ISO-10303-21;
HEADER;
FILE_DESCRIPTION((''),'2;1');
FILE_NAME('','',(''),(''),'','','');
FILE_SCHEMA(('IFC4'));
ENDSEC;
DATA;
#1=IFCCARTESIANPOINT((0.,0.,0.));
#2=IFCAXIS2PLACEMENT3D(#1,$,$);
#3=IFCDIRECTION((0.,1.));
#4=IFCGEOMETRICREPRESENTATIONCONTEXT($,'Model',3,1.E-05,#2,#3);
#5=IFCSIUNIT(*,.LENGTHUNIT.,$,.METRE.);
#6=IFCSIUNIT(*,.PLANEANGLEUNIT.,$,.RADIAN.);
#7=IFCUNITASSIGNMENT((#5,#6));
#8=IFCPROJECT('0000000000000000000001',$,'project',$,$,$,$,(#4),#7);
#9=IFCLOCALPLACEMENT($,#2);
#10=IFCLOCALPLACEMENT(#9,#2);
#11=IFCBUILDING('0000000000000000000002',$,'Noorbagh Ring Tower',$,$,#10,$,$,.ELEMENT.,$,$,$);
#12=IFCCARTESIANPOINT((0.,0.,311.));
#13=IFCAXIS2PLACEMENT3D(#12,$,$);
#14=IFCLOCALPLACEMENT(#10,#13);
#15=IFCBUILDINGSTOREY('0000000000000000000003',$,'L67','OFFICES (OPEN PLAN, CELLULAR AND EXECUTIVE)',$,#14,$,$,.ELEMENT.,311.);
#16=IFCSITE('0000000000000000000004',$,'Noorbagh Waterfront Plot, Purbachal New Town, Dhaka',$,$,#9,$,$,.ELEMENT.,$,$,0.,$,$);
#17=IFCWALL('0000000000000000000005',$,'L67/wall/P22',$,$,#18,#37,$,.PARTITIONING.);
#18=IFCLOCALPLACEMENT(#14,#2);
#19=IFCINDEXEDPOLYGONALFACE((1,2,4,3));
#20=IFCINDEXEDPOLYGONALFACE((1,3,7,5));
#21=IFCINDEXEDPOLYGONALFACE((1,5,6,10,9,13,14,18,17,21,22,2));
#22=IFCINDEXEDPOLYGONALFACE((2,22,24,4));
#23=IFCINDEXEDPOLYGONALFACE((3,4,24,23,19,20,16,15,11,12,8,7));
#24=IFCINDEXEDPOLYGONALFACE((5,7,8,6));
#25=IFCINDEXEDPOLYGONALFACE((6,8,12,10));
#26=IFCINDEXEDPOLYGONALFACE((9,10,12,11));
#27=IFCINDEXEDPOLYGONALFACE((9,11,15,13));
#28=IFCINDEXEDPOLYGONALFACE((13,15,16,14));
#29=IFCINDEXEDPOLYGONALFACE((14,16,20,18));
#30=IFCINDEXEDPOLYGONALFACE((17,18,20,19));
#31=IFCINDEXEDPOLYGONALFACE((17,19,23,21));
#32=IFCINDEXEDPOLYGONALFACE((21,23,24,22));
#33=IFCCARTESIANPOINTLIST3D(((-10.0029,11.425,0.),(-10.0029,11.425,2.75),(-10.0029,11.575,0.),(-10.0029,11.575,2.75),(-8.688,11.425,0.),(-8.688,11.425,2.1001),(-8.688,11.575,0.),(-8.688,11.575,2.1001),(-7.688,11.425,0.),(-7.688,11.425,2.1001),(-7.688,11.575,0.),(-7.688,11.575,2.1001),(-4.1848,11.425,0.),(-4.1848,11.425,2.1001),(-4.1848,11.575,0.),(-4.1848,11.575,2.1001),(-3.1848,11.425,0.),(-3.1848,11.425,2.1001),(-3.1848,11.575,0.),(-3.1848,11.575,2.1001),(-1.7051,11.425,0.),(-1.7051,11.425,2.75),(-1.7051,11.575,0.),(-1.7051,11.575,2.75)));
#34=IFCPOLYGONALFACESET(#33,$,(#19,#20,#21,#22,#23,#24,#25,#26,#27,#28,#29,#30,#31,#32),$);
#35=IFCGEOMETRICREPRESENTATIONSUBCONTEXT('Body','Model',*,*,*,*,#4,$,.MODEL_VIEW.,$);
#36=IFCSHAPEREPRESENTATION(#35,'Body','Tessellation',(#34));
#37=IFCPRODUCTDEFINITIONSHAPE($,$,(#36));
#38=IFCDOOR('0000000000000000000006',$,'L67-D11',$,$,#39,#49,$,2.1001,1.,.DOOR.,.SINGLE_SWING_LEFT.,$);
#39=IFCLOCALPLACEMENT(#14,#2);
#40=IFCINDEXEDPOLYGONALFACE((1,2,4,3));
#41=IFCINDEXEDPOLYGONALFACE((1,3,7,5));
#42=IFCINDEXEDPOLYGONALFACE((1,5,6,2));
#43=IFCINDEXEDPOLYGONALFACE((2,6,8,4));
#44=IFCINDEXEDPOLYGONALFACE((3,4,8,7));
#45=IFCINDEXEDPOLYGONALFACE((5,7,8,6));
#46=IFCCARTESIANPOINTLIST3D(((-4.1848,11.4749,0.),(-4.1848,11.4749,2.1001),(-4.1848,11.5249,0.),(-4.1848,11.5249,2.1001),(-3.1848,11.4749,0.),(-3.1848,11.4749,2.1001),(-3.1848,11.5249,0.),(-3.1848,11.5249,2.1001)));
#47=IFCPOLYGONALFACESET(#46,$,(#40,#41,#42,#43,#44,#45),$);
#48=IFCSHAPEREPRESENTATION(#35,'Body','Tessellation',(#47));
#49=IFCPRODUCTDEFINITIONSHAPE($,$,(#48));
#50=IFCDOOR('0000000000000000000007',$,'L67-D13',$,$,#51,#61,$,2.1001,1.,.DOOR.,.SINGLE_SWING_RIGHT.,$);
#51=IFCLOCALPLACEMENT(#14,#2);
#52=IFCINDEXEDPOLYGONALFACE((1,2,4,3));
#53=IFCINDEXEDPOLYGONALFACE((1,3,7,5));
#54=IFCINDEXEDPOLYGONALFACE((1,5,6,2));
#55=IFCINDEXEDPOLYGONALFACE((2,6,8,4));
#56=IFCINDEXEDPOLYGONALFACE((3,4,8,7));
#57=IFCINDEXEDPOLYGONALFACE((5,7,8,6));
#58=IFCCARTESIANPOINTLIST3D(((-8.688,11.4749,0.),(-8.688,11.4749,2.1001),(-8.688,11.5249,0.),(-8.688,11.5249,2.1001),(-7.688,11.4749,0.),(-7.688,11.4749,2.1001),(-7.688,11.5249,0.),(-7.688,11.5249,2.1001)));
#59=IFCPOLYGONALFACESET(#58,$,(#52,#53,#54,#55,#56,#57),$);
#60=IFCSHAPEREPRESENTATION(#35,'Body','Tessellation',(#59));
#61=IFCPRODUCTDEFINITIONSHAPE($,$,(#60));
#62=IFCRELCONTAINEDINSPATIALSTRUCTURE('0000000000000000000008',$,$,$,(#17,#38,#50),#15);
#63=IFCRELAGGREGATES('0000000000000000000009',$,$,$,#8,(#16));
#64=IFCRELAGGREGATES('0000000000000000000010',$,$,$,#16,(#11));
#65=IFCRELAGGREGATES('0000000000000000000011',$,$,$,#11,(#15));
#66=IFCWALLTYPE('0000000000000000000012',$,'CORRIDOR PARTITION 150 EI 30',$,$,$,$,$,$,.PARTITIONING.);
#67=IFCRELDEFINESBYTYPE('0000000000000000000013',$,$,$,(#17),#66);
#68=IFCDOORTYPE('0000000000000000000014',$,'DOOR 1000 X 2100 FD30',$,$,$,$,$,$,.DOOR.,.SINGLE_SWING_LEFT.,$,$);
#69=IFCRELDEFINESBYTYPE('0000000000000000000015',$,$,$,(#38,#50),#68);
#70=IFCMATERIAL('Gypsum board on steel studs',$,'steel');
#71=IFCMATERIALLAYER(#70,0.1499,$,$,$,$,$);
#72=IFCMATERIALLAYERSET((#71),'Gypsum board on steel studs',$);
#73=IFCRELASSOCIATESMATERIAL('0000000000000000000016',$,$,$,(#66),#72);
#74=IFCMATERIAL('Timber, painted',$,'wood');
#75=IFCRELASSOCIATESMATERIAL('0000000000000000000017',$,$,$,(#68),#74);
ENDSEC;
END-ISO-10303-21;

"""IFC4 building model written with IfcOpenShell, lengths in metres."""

from ifc_helpers import new_model, si_unit, direction, frame, frame_2d, origin, place, context, subcontext, project, spatial, rectangle, extrude, material, layer, layer_set, type_object, element, fill, save


model = new_model("IFC4")

# Units and contexts
model_context = context("Model", 3, precision=1e-05, world=origin(), true_north=direction((0.0, 1.0)))
body_context = subcontext(model_context, "Body", "Model", "MODEL_VIEW")
ifc_project = project(units=[si_unit("LENGTHUNIT", "METRE"), si_unit("PLANEANGLEUNIT", "RADIAN")], contexts=[model_context])

# Site, building, storey
site_placement = place(None, origin())
site = spatial("IfcSite", under=ifc_project, at=site_placement, Name="Noorbagh Waterfront Plot, Purbachal New Town, Dhaka", CompositionType="ELEMENT", RefElevation=0.0)
building_placement = place(site_placement, origin())
building = spatial("IfcBuilding", under=site, at=building_placement, Name="Noorbagh Ring Tower", CompositionType="ELEMENT")
storey_placement = place(building_placement, frame((0.0, 0.0, 311.0)))
storey = spatial("IfcBuildingStorey", under=building, at=storey_placement, Name="L67", Description="OFFICES (OPEN PLAN, CELLULAR AND EXECUTIVE)", CompositionType="ELEMENT", Elevation=311.0)

# Shared definitions
ifc_material_1 = material(Name="Gypsum board on steel studs", Category="steel")
ifc_layer_1 = layer(ifc_material_1, 0.1499)
ifc_layer_set_1 = layer_set([ifc_layer_1], Name="Gypsum board on steel studs")
wall_type_1 = type_object("IfcWallType", Name="CORRIDOR PARTITION 150 EI 30", PredefinedType="PARTITIONING", material=ifc_layer_set_1)

# Shared definitions
ifc_material_2 = material(Name="Timber, painted", Category="wood")
door_type_1 = type_object("IfcDoorType", Name="DOOR 1000 X 2100 FD30", OperationType="SINGLE_SWING_LEFT", PredefinedType="DOOR", material=ifc_material_2)

# Wall, openings, doors
wall_1_placement = place(storey_placement, frame((-10.0029, 11.5, 0.0), z_axis=(0.0, 0.0, 1.0), x_axis=(1.0, 0.0, 0.0)))
wall_1 = element("IfcWall", 1, at=wall_1_placement, inside=storey, type_object=wall_type_1, Name="L67/wall/P22", PredefinedType="PARTITIONING", context=body_context, shape_type="SweptSolid", body=[
    extrude(rectangle(XDim=8.2979, YDim=0.1499, at=frame_2d((4.1489, 0.0))), origin(), (0.0, 0.0, 1.0), 2.75),
])
opening_1_placement = place(wall_1_placement, frame((5.8181, 0.0, 0.0)))
opening_1 = element("IfcOpeningElement", 2, at=opening_1_placement, cuts=wall_1, PredefinedType="OPENING", context=body_context, shape_type="SweptSolid", body=[
    extrude(rectangle(XDim=1.0, YDim=2.1001, at=frame_2d((0.5, 1.05))), frame((0.0, 0.085, 0.0), z_axis=(0.0, -1.0, 0.0), x_axis=(1.0, 0.0, 0.0)), (0.0, 0.0, 1.0), 0.1699),
])
opening_2_placement = place(wall_1_placement, frame((1.3149, 0.0, 0.0)))
opening_2 = element("IfcOpeningElement", 3, at=opening_2_placement, cuts=wall_1, PredefinedType="OPENING", context=body_context, shape_type="SweptSolid", body=[
    extrude(rectangle(XDim=1.0, YDim=2.1001, at=frame_2d((0.5, 1.05))), frame((0.0, 0.085, 0.0), z_axis=(0.0, -1.0, 0.0), x_axis=(1.0, 0.0, 0.0)), (0.0, 0.0, 1.0), 0.1699),
])
door_1_placement = place(opening_1_placement, origin())
door_1 = element("IfcDoor", 4, at=door_1_placement, inside=storey, type_object=door_type_1, Name="L67-D11", OperationType="SINGLE_SWING_LEFT", OverallHeight=2.1001, OverallWidth=1.0, PredefinedType="DOOR", context=body_context, shape_type="SweptSolid", body=[
    extrude(rectangle(XDim=1.0, YDim=2.1001, at=frame_2d((0.5, 1.05))), frame((0.0, 0.0249, 0.0), z_axis=(0.0, -1.0, 0.0), x_axis=(1.0, 0.0, 0.0)), (0.0, 0.0, 1.0), 0.05),
])
fill(opening_1, door_1)
door_2_placement = place(opening_2_placement, origin())
door_2 = element("IfcDoor", 5, at=door_2_placement, inside=storey, type_object=door_type_1, Name="L67-D13", OperationType="SINGLE_SWING_RIGHT", OverallHeight=2.1001, OverallWidth=1.0, PredefinedType="DOOR", context=body_context, shape_type="SweptSolid", body=[
    extrude(rectangle(XDim=1.0, YDim=2.1001, at=frame_2d((0.5, 1.05))), frame((0.0, 0.0249, 0.0), z_axis=(0.0, -1.0, 0.0), x_axis=(1.0, 0.0, 0.0)), (0.0, 0.0, 1.0), 0.05),
])
fill(opening_2, door_2)

save(model, "model.ifc")
